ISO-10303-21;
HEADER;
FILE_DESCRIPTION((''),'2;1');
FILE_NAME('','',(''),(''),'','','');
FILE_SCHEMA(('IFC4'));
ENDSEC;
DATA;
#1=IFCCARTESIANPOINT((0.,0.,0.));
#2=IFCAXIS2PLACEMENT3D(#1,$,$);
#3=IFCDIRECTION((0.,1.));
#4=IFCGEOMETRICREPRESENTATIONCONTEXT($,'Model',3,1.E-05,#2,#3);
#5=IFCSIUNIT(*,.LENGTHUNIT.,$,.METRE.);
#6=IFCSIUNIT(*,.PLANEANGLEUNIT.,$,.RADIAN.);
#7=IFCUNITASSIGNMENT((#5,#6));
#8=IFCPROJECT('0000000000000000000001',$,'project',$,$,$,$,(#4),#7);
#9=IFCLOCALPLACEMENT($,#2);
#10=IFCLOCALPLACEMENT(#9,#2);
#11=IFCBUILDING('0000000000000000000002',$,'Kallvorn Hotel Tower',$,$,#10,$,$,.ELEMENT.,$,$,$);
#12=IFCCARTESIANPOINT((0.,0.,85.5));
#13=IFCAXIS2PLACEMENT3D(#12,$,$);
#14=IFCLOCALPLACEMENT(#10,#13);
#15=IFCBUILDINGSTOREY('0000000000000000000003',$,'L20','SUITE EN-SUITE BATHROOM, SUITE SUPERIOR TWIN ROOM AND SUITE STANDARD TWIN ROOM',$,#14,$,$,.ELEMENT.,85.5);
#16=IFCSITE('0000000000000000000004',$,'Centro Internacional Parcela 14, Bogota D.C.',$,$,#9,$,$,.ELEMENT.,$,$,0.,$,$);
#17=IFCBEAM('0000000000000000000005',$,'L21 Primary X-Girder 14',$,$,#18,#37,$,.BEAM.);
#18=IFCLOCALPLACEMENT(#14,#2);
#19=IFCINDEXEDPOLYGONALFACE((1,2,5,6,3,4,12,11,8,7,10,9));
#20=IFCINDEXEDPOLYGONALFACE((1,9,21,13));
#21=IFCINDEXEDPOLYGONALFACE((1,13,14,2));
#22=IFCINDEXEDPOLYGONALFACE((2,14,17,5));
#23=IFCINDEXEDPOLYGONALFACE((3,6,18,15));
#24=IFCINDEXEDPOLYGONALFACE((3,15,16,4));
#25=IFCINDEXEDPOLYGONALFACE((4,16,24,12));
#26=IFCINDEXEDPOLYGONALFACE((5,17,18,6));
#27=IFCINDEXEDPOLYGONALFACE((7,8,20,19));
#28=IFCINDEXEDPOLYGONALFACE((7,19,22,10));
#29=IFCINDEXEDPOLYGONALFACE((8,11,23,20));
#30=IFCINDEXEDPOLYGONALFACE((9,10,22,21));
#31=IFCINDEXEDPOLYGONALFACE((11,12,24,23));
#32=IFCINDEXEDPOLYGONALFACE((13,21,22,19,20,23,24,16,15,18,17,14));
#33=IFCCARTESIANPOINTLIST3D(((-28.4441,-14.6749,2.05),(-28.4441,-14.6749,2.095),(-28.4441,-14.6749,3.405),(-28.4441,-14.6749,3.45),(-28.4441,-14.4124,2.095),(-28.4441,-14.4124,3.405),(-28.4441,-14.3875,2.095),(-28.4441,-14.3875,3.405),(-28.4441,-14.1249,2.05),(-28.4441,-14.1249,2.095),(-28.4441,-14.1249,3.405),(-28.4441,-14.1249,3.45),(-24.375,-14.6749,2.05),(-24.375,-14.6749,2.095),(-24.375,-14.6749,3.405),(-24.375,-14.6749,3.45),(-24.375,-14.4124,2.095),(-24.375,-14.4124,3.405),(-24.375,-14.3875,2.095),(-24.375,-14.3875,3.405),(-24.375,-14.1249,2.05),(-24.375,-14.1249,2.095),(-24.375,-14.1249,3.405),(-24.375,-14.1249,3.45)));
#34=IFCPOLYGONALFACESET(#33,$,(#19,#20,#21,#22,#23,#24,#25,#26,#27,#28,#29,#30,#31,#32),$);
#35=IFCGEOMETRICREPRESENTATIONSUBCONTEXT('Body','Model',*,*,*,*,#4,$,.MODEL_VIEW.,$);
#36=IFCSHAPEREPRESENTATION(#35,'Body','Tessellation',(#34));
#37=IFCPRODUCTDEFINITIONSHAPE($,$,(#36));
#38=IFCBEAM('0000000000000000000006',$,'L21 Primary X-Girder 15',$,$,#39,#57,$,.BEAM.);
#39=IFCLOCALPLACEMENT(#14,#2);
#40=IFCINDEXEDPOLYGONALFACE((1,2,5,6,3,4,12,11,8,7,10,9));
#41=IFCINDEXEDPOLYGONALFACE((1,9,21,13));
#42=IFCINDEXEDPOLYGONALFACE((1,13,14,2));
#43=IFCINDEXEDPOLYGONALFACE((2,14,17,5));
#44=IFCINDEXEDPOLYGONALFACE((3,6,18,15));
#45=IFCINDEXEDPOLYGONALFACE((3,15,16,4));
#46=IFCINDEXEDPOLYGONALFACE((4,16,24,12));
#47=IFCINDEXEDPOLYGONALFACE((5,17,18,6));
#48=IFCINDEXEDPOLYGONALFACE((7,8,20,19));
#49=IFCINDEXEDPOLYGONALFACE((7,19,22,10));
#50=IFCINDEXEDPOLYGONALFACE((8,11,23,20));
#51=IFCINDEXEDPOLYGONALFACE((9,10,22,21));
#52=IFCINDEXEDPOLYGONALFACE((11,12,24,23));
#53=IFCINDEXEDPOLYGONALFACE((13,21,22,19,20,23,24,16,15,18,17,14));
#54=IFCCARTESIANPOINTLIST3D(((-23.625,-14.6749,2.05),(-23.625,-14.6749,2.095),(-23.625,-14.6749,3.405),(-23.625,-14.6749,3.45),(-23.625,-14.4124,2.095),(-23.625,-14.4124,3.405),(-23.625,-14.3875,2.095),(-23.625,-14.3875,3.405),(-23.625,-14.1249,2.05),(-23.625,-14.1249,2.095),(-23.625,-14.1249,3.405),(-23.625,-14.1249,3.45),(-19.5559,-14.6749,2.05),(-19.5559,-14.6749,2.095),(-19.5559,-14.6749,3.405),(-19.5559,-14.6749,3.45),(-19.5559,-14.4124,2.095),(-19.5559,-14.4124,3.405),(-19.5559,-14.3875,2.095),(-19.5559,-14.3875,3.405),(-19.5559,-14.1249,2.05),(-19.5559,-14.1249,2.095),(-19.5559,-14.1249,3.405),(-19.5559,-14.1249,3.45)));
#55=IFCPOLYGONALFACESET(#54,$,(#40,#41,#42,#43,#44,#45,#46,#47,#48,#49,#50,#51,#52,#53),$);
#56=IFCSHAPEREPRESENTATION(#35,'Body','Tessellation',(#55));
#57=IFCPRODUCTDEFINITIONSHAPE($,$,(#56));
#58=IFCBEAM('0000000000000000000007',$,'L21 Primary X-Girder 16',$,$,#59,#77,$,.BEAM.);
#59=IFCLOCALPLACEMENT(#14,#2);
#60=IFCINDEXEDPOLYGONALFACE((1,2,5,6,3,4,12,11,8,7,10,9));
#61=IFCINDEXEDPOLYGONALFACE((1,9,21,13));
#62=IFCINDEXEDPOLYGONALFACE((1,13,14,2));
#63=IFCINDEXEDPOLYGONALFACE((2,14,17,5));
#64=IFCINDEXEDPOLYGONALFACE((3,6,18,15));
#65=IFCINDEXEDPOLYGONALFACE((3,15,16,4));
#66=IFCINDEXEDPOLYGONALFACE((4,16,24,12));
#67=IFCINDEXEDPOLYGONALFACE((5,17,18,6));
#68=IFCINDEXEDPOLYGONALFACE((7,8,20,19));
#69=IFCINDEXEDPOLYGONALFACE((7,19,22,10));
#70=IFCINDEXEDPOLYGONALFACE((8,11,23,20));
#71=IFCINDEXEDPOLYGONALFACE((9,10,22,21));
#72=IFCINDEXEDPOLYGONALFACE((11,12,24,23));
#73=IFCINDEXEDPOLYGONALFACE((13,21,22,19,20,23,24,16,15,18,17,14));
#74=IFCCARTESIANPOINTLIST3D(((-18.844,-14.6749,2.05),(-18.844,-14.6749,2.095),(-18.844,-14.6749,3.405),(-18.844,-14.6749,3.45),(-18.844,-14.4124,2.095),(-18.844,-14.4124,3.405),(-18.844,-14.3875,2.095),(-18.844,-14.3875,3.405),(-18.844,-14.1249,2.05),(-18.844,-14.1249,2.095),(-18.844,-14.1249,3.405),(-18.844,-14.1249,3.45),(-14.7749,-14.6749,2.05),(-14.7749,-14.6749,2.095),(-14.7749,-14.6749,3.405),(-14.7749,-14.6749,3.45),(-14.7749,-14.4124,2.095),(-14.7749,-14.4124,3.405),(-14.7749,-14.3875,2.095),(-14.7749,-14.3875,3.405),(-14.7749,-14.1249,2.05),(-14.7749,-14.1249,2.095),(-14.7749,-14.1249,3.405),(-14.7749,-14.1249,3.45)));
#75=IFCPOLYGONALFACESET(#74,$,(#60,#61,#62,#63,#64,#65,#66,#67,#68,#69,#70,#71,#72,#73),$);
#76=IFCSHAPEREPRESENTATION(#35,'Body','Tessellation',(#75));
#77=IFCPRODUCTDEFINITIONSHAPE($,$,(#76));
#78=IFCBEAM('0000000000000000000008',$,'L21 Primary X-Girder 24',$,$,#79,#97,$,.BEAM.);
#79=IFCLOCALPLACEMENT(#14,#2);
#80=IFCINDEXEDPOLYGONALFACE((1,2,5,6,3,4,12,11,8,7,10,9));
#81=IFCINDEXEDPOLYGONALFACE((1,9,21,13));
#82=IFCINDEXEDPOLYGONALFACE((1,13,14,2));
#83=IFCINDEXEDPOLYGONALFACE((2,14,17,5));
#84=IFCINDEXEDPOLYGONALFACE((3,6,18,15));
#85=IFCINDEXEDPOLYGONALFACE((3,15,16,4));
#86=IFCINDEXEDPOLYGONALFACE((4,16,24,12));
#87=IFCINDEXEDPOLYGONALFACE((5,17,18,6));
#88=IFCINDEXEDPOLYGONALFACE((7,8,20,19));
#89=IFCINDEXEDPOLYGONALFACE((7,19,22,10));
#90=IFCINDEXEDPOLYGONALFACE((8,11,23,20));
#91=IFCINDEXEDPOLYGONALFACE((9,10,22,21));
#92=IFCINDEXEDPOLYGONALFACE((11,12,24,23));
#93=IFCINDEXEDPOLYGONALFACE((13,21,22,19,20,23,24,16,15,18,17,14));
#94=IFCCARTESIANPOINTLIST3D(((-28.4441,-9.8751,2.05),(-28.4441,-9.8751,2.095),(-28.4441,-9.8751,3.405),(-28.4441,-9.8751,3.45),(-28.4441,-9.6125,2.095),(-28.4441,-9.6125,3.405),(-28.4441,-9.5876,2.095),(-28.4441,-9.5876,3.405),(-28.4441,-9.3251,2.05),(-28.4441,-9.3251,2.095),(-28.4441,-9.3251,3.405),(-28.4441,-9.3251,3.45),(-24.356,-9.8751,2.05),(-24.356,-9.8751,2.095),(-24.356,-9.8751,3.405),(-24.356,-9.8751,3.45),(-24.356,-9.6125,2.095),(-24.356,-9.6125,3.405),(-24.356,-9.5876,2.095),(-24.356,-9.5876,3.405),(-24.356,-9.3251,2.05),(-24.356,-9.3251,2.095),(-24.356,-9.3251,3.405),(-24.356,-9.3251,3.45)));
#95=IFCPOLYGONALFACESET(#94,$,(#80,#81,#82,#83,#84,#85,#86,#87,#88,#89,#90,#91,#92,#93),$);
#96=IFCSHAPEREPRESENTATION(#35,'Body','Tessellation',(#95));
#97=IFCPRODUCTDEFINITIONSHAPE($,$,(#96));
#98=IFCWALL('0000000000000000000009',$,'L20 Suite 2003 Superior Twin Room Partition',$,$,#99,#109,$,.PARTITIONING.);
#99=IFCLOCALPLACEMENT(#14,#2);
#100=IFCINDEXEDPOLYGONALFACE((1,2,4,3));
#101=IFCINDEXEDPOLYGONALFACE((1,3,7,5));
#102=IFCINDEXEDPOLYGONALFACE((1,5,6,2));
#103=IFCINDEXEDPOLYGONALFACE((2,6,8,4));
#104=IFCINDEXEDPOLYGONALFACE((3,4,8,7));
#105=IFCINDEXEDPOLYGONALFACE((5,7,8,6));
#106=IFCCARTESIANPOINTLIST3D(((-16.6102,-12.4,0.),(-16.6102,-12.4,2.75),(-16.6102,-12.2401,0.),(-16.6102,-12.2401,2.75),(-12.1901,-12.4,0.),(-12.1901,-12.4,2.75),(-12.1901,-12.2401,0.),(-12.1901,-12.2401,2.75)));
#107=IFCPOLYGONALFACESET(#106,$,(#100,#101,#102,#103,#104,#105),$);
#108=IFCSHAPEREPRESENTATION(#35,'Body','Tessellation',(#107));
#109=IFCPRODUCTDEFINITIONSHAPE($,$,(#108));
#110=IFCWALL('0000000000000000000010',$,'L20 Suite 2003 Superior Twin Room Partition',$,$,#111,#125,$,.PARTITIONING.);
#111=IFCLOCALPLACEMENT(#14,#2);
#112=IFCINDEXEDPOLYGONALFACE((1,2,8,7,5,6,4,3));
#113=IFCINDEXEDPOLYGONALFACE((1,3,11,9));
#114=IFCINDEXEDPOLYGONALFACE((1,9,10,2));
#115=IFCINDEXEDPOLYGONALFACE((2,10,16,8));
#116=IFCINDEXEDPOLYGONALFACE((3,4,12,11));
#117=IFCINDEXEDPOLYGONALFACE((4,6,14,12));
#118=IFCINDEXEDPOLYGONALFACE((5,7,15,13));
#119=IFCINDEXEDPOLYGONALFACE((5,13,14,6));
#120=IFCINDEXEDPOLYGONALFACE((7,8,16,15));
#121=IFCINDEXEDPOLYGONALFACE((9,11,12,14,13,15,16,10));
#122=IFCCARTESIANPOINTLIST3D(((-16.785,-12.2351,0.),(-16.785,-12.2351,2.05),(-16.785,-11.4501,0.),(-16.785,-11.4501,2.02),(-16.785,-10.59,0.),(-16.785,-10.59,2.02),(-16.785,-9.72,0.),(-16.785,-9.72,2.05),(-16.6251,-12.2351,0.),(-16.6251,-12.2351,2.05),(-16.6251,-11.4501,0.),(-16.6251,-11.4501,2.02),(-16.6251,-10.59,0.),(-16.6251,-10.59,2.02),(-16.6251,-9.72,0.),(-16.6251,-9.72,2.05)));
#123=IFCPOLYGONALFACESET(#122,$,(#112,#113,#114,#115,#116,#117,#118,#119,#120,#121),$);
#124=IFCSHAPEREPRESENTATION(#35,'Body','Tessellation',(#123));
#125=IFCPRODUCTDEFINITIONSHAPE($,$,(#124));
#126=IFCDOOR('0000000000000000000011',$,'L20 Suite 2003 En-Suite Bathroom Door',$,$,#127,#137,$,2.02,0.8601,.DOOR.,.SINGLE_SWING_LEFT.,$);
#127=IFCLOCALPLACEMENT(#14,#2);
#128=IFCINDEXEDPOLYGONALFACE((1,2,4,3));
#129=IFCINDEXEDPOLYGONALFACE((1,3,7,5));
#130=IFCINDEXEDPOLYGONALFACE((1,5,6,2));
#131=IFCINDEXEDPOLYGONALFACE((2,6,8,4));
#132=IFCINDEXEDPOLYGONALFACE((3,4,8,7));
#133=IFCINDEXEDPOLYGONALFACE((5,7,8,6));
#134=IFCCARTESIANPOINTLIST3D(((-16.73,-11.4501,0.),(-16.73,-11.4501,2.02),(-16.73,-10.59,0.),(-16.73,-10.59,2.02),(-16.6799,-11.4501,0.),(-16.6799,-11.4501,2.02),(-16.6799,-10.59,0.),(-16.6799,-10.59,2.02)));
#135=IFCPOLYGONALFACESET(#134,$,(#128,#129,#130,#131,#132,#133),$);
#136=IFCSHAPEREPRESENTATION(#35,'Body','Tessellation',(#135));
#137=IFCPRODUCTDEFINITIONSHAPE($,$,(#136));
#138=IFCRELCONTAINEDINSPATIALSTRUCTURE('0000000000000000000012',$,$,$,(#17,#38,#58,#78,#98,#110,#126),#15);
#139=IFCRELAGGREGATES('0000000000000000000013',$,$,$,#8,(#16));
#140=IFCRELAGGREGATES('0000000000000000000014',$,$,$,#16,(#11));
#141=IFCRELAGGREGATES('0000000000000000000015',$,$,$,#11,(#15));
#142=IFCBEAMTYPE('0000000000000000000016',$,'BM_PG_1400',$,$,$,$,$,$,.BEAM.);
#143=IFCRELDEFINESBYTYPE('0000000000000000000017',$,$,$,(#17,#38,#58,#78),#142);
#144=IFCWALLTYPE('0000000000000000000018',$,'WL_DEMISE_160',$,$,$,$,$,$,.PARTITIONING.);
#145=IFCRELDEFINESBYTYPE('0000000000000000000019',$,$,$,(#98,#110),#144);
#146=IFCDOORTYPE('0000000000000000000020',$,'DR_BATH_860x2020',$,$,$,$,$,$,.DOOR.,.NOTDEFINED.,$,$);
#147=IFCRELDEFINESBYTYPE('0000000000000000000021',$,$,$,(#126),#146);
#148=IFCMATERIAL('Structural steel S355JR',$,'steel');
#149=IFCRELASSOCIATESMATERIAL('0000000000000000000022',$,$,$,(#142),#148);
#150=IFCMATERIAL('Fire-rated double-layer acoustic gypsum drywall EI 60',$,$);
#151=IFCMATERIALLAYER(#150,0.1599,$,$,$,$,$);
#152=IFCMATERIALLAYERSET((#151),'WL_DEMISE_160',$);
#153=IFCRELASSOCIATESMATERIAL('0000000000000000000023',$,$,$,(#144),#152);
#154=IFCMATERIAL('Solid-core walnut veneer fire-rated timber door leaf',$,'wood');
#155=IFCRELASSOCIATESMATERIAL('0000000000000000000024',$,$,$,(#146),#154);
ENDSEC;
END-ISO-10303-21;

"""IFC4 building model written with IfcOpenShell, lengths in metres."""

from ifc_helpers import new_model, si_unit, direction, frame, frame_2d, origin, origin_2d, place, context, subcontext, project, spatial, rectangle, i_section, extrude, material, layer, layer_set, material_profile, profile_set, type_object, element, fill, save


model = new_model("IFC4")

# Units and contexts
model_context = context("Model", 3, precision=1e-05, world=origin(), true_north=direction((0.0, 1.0)))
body_context = subcontext(model_context, "Body", "Model", "MODEL_VIEW")
ifc_project = project(units=[si_unit("LENGTHUNIT", "METRE"), si_unit("PLANEANGLEUNIT", "RADIAN")], contexts=[model_context])

# Site, building, storey
site_placement = place(None, origin())
site = spatial("IfcSite", under=ifc_project, at=site_placement, Name="Centro Internacional Parcela 14, Bogota D.C.", CompositionType="ELEMENT", RefElevation=0.0)
building_placement = place(site_placement, origin())
building = spatial("IfcBuilding", under=site, at=building_placement, Name="Kallvorn Hotel Tower", CompositionType="ELEMENT")
storey_placement = place(building_placement, frame((0.0, 0.0, 85.5)))
storey = spatial("IfcBuildingStorey", under=building, at=storey_placement, Name="L20", Description="SUITE EN-SUITE BATHROOM, SUITE SUPERIOR TWIN ROOM AND SUITE STANDARD TWIN ROOM", CompositionType="ELEMENT", Elevation=85.5)

# Beams
ifc_material_1 = material(Name="Structural steel S355JR", Category="steel")
ifc_material_profile_1 = material_profile(ifc_material_1, i_section(OverallWidth=0.55, OverallDepth=1.3999, WebThickness=0.0249, FlangeThickness=0.0449, at=origin_2d()), Name="PG 1400x550x25x45")
ifc_profile_set_1 = profile_set([ifc_material_profile_1], Name="Structural steel S355JR")
beam_type_1 = type_object("IfcBeamType", Name="BM_PG_1400", PredefinedType="BEAM", material=ifc_profile_set_1)
for number, where, z_axis, x_axis, name in (
    (1, (-28.4441, -14.3999, 2.75), (1.0, 0.0, 0.0), (0.0, 1.0, 0.0), "L21 Primary X-Girder 14"),
    (2, (-23.625, -14.3999, 2.75), (1.0, 0.0, 0.0), (0.0, 1.0, 0.0), "L21 Primary X-Girder 15"),
    (3, (-18.844, -14.3999, 2.75), (1.0, 0.0, 0.0), (0.0, 1.0, 0.0), "L21 Primary X-Girder 16"),
):
    element("IfcBeam", number, at=place(storey_placement, frame(where, z_axis=z_axis, x_axis=x_axis)), inside=storey, type_object=beam_type_1, Name=name, PredefinedType="BEAM", context=body_context, shape_type="SweptSolid", body=[
        extrude(i_section(OverallWidth=0.55, OverallDepth=1.3999, WebThickness=0.0249, FlangeThickness=0.0449, at=origin_2d()), origin(), (0.0, 0.0, 1.0), 4.0691),
    ])
beam_1_placement = place(storey_placement, frame((-28.4441, -9.6001, 2.75), z_axis=(1.0, 0.0, 0.0), x_axis=(0.0, 1.0, 0.0)))
element("IfcBeam", 4, at=beam_1_placement, inside=storey, type_object=beam_type_1, Name="L21 Primary X-Girder 24", PredefinedType="BEAM", context=body_context, shape_type="SweptSolid", body=[
    extrude(i_section(OverallWidth=0.55, OverallDepth=1.3999, WebThickness=0.0249, FlangeThickness=0.0449, at=origin_2d()), origin(), (0.0, 0.0, 1.0), 4.0881),
])

# Wall
ifc_material_2 = material(Name="Fire-rated double-layer acoustic gypsum drywall EI 60")
ifc_layer = layer(ifc_material_2, 0.1599)
ifc_layer_set = layer_set([ifc_layer], Name="WL_DEMISE_160")
wall_type = type_object("IfcWallType", Name="WL_DEMISE_160", PredefinedType="PARTITIONING", material=ifc_layer_set)
wall_1_placement = place(storey_placement, frame((-16.6101, -12.3201, 0.0), z_axis=(0.0, 0.0, 1.0), x_axis=(1.0, 0.0, 0.0)))
element("IfcWall", 5, at=wall_1_placement, inside=storey, type_object=wall_type, Name="L20 Suite 2003 Superior Twin Room Partition", PredefinedType="PARTITIONING", context=body_context, shape_type="SweptSolid", body=[
    extrude(rectangle(XDim=4.4202, YDim=0.1599, at=frame_2d((2.21, 0.0))), origin(), (0.0, 0.0, 1.0), 2.75),
])

# Wall, opening, door
wall_2_placement = place(storey_placement, frame((-16.7051, -12.2351, 0.0), z_axis=(0.0, 0.0, 1.0), x_axis=(0.0, 1.0, 0.0)))
wall_2 = element("IfcWall", 6, at=wall_2_placement, inside=storey, type_object=wall_type, Name="L20 Suite 2003 Superior Twin Room Partition", PredefinedType="PARTITIONING", context=body_context, shape_type="SweptSolid", body=[
    extrude(rectangle(XDim=2.5151, YDim=0.1599, at=frame_2d((1.2576, 0.0))), origin(), (0.0, 0.0, 1.0), 2.05),
])
opening_1_placement = place(wall_2_placement, frame((0.7849, 0.0, 0.0)))
opening_1 = element("IfcOpeningElement", 7, at=opening_1_placement, cuts=wall_2, PredefinedType="OPENING", context=body_context, shape_type="SweptSolid", body=[
    extrude(rectangle(XDim=0.8601, YDim=2.02, at=frame_2d((0.4302, 1.01))), frame((0.0, 0.095, 0.0), z_axis=(0.0, -1.0, 0.0), x_axis=(1.0, 0.0, 0.0)), (0.0, 0.0, 1.0), 0.1899),
])
ifc_material_3 = material(Name="Solid-core walnut veneer fire-rated timber door leaf", Category="wood")
door_type_1 = type_object("IfcDoorType", Name="DR_BATH_860x2020", OperationType="NOTDEFINED", PredefinedType="DOOR", material=ifc_material_3)
door_1_placement = place(opening_1_placement, origin())
door_1 = element("IfcDoor", 8, at=door_1_placement, inside=storey, type_object=door_type_1, Name="L20 Suite 2003 En-Suite Bathroom Door", OperationType="SINGLE_SWING_LEFT", OverallHeight=2.02, OverallWidth=0.8601, PredefinedType="DOOR", context=body_context, shape_type="SweptSolid", body=[
    extrude(rectangle(XDim=0.8601, YDim=2.02, at=frame_2d((0.4302, 1.01))), frame((0.0, 0.0249, 0.0), z_axis=(0.0, -1.0, 0.0), x_axis=(1.0, 0.0, 0.0)), (0.0, 0.0, 1.0), 0.05),
])
fill(opening_1, door_1)

save(model, "model.ifc")
